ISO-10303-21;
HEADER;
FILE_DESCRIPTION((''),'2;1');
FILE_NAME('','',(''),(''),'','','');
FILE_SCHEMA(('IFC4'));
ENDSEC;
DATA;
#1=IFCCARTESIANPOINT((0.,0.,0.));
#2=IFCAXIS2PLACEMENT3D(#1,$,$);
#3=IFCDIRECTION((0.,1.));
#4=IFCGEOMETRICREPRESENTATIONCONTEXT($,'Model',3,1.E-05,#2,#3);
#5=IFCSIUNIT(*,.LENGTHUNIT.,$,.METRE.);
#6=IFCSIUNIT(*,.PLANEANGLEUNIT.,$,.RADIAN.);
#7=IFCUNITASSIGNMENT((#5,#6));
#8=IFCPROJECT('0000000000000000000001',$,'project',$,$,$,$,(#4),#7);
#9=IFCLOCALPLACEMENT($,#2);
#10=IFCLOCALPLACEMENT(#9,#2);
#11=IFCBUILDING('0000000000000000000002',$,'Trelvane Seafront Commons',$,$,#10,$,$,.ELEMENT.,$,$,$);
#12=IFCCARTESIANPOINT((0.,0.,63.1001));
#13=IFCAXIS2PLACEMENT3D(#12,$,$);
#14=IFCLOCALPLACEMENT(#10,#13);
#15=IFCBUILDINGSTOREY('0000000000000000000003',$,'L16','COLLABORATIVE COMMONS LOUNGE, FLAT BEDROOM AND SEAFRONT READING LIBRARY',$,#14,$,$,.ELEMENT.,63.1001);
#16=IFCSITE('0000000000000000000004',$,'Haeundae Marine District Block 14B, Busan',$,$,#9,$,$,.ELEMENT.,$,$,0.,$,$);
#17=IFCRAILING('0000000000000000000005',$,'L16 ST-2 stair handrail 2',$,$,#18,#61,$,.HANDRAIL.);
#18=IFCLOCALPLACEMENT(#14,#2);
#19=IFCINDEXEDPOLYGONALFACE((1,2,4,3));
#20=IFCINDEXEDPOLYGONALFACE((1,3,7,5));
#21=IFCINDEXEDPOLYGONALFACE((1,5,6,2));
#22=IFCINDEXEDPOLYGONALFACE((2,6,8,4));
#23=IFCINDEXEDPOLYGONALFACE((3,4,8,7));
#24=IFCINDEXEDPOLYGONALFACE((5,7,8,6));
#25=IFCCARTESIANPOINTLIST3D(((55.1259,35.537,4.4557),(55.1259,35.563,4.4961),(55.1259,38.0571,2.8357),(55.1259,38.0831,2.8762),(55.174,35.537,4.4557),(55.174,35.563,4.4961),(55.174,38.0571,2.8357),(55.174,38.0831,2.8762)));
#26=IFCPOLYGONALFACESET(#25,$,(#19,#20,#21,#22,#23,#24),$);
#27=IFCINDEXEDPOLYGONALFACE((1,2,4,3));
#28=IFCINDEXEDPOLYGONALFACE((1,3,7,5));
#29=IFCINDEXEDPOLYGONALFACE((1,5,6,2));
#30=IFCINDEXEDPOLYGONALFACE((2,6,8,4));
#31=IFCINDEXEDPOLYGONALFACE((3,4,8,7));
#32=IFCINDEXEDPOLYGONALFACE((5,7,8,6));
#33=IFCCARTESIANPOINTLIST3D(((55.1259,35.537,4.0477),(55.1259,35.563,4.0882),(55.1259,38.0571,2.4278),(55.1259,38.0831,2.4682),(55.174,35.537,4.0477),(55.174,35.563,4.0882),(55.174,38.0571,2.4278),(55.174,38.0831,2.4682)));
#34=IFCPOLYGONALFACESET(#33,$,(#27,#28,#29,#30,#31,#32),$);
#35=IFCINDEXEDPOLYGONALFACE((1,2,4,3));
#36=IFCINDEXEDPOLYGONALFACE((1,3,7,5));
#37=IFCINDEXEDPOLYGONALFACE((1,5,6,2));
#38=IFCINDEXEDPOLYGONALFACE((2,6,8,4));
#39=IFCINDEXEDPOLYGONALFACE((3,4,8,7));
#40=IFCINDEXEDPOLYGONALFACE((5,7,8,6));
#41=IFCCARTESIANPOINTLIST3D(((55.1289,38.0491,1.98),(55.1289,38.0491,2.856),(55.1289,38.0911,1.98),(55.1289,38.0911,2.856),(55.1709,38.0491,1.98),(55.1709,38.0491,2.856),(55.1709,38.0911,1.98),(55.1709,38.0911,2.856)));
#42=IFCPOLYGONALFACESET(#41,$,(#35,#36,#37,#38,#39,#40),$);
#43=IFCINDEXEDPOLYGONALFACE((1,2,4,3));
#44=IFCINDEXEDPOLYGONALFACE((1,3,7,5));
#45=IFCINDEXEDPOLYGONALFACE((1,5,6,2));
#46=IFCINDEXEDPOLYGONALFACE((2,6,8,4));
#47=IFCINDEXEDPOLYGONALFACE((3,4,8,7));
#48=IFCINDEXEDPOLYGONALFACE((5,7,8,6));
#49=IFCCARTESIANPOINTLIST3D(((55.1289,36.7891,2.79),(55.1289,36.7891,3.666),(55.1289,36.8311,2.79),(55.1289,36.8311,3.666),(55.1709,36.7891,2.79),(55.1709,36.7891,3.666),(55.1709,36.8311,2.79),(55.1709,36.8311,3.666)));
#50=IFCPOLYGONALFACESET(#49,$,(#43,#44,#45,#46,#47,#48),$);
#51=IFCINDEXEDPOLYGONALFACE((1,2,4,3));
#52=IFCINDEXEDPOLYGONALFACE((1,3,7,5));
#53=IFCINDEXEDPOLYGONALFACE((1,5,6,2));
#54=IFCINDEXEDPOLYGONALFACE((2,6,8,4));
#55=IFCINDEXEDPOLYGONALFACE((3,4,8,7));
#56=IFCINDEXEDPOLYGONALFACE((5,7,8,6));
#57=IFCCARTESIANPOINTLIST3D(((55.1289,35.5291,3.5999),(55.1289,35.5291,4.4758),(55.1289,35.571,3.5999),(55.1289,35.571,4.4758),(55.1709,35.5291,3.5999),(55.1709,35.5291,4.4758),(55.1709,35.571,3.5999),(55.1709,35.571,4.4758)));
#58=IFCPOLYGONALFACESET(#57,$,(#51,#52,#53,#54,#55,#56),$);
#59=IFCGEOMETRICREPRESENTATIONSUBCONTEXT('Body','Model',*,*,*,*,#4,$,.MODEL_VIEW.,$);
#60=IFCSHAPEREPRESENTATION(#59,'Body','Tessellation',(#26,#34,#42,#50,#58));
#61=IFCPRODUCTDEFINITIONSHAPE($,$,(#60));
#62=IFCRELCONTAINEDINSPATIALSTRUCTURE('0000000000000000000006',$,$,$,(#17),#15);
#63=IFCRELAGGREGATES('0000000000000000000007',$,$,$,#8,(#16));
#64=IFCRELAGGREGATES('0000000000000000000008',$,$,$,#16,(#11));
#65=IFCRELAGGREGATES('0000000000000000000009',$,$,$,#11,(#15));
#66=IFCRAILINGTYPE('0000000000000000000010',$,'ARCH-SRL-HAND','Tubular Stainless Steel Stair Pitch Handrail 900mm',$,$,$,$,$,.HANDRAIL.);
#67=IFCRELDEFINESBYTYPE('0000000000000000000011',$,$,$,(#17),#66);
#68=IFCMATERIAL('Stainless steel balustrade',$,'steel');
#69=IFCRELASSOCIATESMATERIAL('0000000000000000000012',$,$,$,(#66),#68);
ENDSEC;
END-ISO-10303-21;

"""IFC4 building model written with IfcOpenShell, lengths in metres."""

from ifc_helpers import new_model, si_unit, direction, frame, origin, origin_2d, place, context, subcontext, project, spatial, rectangle, extrude, material, type_object, element, save


model = new_model("IFC4")

# Units and contexts
model_context = context("Model", 3, precision=1e-05, world=origin(), true_north=direction((0.0, 1.0)))
body_context = subcontext(model_context, "Body", "Model", "MODEL_VIEW")
ifc_project = project(units=[si_unit("LENGTHUNIT", "METRE"), si_unit("PLANEANGLEUNIT", "RADIAN")], contexts=[model_context])

# Site, building, storey
site_placement = place(None, origin())
site = spatial("IfcSite", under=ifc_project, at=site_placement, Name="Haeundae Marine District Block 14B, Busan", CompositionType="ELEMENT", RefElevation=0.0)
building_placement = place(site_placement, origin())
building = spatial("IfcBuilding", under=site, at=building_placement, Name="Trelvane Seafront Commons", CompositionType="ELEMENT")
storey_placement = place(building_placement, frame((0.0, 0.0, 63.1001)))
storey = spatial("IfcBuildingStorey", under=building, at=storey_placement, Name="L16", Description="COLLABORATIVE COMMONS LOUNGE, FLAT BEDROOM AND SEAFRONT READING LIBRARY", CompositionType="ELEMENT", Elevation=63.1001)

# Railing
ifc_material_1 = material(Name="Stainless steel balustrade", Category="steel")
railing_type = type_object("IfcRailingType", Name="ARCH-SRL-HAND", Description="Tubular Stainless Steel Stair Pitch Handrail 900mm", PredefinedType="HANDRAIL", material=ifc_material_1)
railing_placement = place(storey_placement, frame((55.1499, 38.0701, 1.98)))
element("IfcRailing", 1, at=railing_placement, inside=storey, type_object=railing_type, Name="L16 ST-2 stair handrail 2", PredefinedType="HANDRAIL", context=body_context, shape_type="SweptSolid", body=[
    extrude(rectangle(XDim=0.0481, YDim=0.0481, at=origin_2d()), frame((0.0, 0.0, 0.876), z_axis=(0.0, -0.8412, 0.540725), x_axis=(1.0, 0.0, 0.0)), (0.0, 0.0, 1.0), 2.9958),
    extrude(rectangle(XDim=0.0481, YDim=0.0481, at=origin_2d()), frame((0.0, 0.0, 0.468), z_axis=(0.0, -0.8412, 0.540725), x_axis=(1.0, 0.0, 0.0)), (0.0, 0.0, 1.0), 2.9958),
    extrude(rectangle(XDim=0.042, YDim=0.042, at=origin_2d()), origin(), (0.0, 0.0, 1.0), 0.876),
    extrude(rectangle(XDim=0.042, YDim=0.042, at=origin_2d()), frame((0.0, -1.26, 0.8101)), (0.0, 0.0, 1.0), 0.876),
    extrude(rectangle(XDim=0.042, YDim=0.042, at=origin_2d()), frame((0.0, -2.52, 1.6199)), (0.0, 0.0, 1.0), 0.876),
])

save(model, "model.ifc")
